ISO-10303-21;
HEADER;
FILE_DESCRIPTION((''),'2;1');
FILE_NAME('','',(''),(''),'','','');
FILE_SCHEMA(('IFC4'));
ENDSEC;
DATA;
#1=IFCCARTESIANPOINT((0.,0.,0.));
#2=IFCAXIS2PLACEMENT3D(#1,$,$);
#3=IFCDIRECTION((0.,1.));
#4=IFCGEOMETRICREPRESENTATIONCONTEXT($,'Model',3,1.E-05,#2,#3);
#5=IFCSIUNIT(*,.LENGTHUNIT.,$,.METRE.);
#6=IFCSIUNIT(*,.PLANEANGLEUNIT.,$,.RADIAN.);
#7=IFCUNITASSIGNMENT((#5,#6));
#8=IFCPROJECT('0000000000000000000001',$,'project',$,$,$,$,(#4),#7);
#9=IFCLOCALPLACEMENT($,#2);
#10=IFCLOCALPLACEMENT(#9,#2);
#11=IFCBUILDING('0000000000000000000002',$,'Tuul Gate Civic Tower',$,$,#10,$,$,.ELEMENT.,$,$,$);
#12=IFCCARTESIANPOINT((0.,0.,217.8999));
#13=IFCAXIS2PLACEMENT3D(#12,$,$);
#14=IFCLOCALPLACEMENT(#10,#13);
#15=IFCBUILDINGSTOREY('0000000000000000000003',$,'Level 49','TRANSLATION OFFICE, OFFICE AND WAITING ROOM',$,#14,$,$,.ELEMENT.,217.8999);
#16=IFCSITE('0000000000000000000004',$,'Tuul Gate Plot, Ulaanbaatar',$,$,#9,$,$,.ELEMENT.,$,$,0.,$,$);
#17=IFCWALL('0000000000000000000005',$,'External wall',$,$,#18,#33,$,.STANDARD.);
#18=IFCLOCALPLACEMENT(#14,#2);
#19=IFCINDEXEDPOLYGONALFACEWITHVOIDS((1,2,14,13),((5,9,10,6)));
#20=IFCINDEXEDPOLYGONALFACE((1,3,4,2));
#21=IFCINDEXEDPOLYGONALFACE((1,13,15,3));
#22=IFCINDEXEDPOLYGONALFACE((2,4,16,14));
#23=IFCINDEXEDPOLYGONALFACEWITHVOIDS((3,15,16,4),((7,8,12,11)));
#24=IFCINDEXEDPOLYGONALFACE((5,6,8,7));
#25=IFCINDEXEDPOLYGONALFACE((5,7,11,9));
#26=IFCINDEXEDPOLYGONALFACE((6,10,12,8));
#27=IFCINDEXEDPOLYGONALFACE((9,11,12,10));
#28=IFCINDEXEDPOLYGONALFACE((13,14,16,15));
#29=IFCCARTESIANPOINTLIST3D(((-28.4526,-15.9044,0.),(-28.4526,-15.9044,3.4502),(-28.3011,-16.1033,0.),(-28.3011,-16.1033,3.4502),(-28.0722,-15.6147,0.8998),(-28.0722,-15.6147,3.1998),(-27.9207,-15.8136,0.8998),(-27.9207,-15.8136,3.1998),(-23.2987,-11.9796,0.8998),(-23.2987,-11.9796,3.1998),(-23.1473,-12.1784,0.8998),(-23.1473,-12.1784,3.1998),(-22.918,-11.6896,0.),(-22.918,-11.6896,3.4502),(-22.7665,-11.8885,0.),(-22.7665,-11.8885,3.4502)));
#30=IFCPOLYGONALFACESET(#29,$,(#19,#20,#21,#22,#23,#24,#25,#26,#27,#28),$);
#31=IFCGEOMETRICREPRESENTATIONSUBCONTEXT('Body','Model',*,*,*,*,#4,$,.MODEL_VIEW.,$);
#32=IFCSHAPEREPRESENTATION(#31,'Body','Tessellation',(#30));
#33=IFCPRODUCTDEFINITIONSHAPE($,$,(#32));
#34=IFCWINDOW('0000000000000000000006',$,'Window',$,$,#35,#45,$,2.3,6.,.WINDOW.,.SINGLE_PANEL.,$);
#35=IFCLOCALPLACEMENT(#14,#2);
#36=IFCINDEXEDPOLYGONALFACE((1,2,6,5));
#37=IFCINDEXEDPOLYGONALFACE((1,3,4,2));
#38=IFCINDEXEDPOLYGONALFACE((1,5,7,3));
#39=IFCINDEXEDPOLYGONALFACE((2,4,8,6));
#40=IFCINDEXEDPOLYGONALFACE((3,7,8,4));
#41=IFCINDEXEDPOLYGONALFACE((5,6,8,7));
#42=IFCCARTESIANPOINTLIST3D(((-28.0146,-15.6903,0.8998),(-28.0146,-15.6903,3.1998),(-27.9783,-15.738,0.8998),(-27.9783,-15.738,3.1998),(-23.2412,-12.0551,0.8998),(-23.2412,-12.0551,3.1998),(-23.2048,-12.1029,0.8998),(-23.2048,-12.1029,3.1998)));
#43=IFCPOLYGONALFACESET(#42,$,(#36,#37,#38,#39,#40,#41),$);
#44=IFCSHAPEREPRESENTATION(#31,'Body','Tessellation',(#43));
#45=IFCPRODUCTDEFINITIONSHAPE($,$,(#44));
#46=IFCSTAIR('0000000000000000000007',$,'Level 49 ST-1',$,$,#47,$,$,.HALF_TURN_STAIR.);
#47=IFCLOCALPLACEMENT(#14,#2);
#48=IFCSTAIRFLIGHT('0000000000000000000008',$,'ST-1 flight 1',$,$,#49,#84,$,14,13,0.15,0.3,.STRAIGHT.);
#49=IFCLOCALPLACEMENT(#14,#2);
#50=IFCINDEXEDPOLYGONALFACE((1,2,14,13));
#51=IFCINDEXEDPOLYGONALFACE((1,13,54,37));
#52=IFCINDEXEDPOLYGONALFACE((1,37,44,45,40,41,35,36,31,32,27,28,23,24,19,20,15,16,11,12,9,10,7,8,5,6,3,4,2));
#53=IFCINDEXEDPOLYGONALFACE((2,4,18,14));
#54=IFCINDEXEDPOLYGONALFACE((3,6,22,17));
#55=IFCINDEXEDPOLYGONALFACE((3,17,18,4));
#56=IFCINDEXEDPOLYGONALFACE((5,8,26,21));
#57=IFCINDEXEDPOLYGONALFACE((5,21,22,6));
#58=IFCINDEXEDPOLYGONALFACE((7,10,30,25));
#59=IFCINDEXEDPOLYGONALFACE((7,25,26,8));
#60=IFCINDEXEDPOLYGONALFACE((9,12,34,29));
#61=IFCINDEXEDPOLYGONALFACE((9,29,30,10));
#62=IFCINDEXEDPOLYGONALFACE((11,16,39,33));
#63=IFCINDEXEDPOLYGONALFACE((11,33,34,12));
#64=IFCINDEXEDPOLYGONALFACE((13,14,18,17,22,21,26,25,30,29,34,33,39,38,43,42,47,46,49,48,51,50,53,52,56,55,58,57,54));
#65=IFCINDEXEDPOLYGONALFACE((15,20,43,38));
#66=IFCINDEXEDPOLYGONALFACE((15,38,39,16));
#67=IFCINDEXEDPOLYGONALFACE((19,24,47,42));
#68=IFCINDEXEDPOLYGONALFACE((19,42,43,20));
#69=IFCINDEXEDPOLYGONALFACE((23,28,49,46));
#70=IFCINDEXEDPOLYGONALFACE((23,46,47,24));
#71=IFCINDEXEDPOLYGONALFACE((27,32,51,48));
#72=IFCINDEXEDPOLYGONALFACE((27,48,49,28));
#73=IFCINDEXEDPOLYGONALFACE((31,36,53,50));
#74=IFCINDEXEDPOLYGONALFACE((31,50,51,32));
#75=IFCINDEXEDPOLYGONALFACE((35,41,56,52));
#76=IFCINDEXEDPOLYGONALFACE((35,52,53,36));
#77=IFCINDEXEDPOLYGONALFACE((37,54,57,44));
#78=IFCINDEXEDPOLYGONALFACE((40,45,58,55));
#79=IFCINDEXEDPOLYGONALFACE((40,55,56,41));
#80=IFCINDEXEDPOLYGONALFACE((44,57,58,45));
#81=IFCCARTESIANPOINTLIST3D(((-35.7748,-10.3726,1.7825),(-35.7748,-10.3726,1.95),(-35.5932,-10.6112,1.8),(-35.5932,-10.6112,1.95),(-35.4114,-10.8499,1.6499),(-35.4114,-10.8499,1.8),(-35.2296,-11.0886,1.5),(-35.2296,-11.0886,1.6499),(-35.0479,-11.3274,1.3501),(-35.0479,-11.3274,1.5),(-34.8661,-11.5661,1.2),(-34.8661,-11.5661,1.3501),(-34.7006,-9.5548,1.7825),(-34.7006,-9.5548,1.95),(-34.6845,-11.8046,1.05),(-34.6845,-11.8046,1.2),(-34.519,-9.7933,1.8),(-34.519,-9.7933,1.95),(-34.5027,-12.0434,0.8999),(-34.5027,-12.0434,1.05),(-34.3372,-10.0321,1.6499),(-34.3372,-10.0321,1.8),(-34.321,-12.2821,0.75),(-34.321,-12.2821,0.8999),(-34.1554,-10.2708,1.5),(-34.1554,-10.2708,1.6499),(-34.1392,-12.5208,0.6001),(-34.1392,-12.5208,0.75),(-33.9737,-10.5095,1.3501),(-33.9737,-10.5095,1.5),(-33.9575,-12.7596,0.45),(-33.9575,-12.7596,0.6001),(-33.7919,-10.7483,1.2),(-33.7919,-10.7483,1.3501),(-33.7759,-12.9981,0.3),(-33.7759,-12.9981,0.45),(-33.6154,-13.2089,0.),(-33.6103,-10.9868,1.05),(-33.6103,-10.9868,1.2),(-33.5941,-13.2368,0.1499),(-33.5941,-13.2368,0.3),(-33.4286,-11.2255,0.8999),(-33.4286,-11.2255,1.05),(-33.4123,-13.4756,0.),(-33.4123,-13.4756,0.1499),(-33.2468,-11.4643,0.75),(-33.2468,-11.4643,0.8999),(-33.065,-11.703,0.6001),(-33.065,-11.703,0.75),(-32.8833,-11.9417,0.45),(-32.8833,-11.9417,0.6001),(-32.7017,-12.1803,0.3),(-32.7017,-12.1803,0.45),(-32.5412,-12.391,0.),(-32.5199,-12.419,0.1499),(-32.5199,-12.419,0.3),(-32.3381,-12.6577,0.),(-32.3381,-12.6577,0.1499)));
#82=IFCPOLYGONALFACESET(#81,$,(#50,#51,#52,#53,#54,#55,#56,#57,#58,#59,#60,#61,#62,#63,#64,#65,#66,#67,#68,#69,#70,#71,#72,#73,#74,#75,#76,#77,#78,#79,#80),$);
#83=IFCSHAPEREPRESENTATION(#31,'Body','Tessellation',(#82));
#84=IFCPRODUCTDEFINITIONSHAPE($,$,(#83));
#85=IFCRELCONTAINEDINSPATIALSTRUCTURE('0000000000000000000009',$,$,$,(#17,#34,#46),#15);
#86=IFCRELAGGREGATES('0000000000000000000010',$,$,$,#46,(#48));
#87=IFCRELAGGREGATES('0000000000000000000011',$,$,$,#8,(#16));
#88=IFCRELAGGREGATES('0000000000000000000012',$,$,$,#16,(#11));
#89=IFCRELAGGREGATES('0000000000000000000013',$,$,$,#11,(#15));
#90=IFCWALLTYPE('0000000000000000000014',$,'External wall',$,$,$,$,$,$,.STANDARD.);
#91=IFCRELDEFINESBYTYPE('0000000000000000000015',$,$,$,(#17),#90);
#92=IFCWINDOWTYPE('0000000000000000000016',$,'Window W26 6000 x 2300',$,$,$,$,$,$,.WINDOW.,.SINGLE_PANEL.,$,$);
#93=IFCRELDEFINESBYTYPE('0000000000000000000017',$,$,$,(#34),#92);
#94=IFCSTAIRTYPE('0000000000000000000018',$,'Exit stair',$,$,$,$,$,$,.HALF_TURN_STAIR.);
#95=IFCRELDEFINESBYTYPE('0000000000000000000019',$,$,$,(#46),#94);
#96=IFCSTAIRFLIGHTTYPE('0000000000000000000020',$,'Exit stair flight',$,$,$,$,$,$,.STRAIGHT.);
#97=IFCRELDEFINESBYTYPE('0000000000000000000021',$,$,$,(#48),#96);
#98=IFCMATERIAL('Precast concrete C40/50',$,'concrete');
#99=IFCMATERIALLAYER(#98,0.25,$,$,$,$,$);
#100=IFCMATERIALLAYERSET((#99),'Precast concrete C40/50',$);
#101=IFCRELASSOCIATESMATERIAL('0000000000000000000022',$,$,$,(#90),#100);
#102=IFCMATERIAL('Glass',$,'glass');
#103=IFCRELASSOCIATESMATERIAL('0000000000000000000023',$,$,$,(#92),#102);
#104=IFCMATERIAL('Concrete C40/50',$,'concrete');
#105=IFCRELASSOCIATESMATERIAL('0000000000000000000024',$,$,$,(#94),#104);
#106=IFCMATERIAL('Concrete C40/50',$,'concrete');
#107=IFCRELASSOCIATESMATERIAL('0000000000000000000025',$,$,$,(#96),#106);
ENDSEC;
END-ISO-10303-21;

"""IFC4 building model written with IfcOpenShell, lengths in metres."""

from ifc_helpers import new_model, si_unit, direction, frame, frame_2d, origin, place, context, subcontext, project, spatial, polyline, rectangle, outline, extrude, material, layer, layer_set, type_object, element, fill, aggregate, save


model = new_model("IFC4")

# Units and contexts
model_context = context("Model", 3, precision=1e-05, world=origin(), true_north=direction((0.0, 1.0)))
body_context = subcontext(model_context, "Body", "Model", "MODEL_VIEW")
ifc_project = project(units=[si_unit("LENGTHUNIT", "METRE"), si_unit("PLANEANGLEUNIT", "RADIAN")], contexts=[model_context])

# Site, building, storey
site_placement = place(None, origin())
site = spatial("IfcSite", under=ifc_project, at=site_placement, Name="Tuul Gate Plot, Ulaanbaatar", CompositionType="ELEMENT", RefElevation=0.0)
building_placement = place(site_placement, origin())
building = spatial("IfcBuilding", under=site, at=building_placement, Name="Tuul Gate Civic Tower", CompositionType="ELEMENT")
storey_placement = place(building_placement, frame((0.0, 0.0, 217.8999)))
storey = spatial("IfcBuildingStorey", under=building, at=storey_placement, Name="Level 49", Description="TRANSLATION OFFICE, OFFICE AND WAITING ROOM", CompositionType="ELEMENT", Elevation=217.8999)

# Wall, opening, window
ifc_material_1 = material(Name="Precast concrete C40/50", Category="concrete")
ifc_layer_1 = layer(ifc_material_1, 0.25)
ifc_layer_set_1 = layer_set([ifc_layer_1], Name="Precast concrete C40/50")
wall_type_1 = type_object("IfcWallType", Name="External wall", PredefinedType="STANDARD", material=ifc_layer_set_1)
ifc_material_2 = material(Name="Glass", Category="glass")
window_type = type_object("IfcWindowType", Name="Window W26 6000 x 2300", PartitioningType="SINGLE_PANEL", PredefinedType="WINDOW", material=ifc_material_2)
wall_1_placement = place(storey_placement, frame((-28.377, -16.0039, 0.0), z_axis=(0.0, 0.0, 1.0), x_axis=(0.795573, 0.605857, 0.0)))
wall_1 = element("IfcWall", 1, at=wall_1_placement, inside=storey, type_object=wall_type_1, Name="External wall", PredefinedType="STANDARD", context=body_context, shape_type="SweptSolid", body=[
    extrude(rectangle(XDim=6.9568, YDim=0.25, at=frame_2d((3.4785, 0.0))), origin(), (0.0, 0.0, 1.0), 3.4502),
])
opening_1_placement = place(wall_1_placement, frame((0.4783, 0.0, 0.8999)))
opening_1 = element("IfcOpeningElement", 2, at=opening_1_placement, cuts=wall_1, PredefinedType="OPENING", context=body_context, shape_type="SweptSolid", body=[
    extrude(rectangle(XDim=6.0, YDim=2.3, at=frame_2d((3.0, 1.1499))), frame((0.0, 0.135, 0.0), z_axis=(0.0, -1.0, 0.0), x_axis=(1.0, 0.0, 0.0)), (0.0, 0.0, 1.0), 0.27),
])
window_1_placement = place(opening_1_placement, origin())
window_1 = element("IfcWindow", 3, at=window_1_placement, inside=storey, type_object=window_type, Name="Window", OverallHeight=2.3, OverallWidth=6.0, PartitioningType="SINGLE_PANEL", PredefinedType="WINDOW", context=body_context, shape_type="SweptSolid", body=[
    extrude(rectangle(XDim=6.0, YDim=2.3, at=frame_2d((3.0, 1.1499))), frame((0.0, 0.03, 0.0), z_axis=(0.0, -1.0, 0.0), x_axis=(1.0, 0.0, 0.0)), (0.0, 0.0, 1.0), 0.0601),
])
fill(opening_1, window_1)

# Stair, stair flight
ifc_material_3 = material(Name="Concrete C40/50", Category="concrete")
stair_type = type_object("IfcStairType", Name="Exit stair", PredefinedType="HALF_TURN_STAIR", material=ifc_material_3)
stair_placement = place(storey_placement, origin())
stair = element("IfcStair", 4, at=stair_placement, inside=storey, type_object=stair_type, Name="Level 49 ST-1", PredefinedType="HALF_TURN_STAIR")
ifc_material_4 = material(Name="Concrete C40/50", Category="concrete")
stair_flight_type = type_object("IfcStairFlightType", Name="Exit stair flight", PredefinedType="STRAIGHT", material=ifc_material_4)
stair_flight_placement = place(storey_placement, frame((-32.8752, -13.0667, 0.0), z_axis=(0.0, 0.0, 1.0), x_axis=(-0.605764, 0.795644, 0.0)))
stair_flight = element("IfcStairFlight", 5, at=stair_flight_placement, type_object=stair_flight_type, Name="ST-1 flight 1", NumberOfRisers=14, NumberOfTreads=13, PredefinedType="STRAIGHT", RiserHeight=0.15, TreadLength=0.3, context=body_context, shape_type="SweptSolid", body=[
    extrude(outline(polyline([(0.0, 0.0), (0.0, 0.1499), (0.3, 0.1499), (0.3, 0.3), (0.6001, 0.3), (0.6001, 0.45), (0.8999, 0.45), (0.8999, 0.6001), (1.2, 0.6001), (1.2, 0.75), (1.5, 0.75), (1.5, 0.8999), (1.8, 0.8999), (1.8, 1.05), (2.1001, 1.05), (2.1001, 1.2), (2.3999, 1.2), (2.3999, 1.3501), (2.7, 1.3501), (2.7, 1.5), (3.0, 1.5), (3.0, 1.6499), (3.3, 1.6499), (3.3, 1.8), (3.6001, 1.8), (3.6001, 1.95), (3.8999, 1.95), (3.8999, 2.1001), (3.8999, 1.7825), (0.3352, 0.0), (0.0, 0.0)])), frame((0.0, 0.675, 0.0), z_axis=(0.0, -1.0, 0.0), x_axis=(1.0, 0.0, 0.0)), (0.0, 0.0, 1.0), 1.3501),
])
aggregate(stair, [stair_flight])

save(model, "model.ifc")
